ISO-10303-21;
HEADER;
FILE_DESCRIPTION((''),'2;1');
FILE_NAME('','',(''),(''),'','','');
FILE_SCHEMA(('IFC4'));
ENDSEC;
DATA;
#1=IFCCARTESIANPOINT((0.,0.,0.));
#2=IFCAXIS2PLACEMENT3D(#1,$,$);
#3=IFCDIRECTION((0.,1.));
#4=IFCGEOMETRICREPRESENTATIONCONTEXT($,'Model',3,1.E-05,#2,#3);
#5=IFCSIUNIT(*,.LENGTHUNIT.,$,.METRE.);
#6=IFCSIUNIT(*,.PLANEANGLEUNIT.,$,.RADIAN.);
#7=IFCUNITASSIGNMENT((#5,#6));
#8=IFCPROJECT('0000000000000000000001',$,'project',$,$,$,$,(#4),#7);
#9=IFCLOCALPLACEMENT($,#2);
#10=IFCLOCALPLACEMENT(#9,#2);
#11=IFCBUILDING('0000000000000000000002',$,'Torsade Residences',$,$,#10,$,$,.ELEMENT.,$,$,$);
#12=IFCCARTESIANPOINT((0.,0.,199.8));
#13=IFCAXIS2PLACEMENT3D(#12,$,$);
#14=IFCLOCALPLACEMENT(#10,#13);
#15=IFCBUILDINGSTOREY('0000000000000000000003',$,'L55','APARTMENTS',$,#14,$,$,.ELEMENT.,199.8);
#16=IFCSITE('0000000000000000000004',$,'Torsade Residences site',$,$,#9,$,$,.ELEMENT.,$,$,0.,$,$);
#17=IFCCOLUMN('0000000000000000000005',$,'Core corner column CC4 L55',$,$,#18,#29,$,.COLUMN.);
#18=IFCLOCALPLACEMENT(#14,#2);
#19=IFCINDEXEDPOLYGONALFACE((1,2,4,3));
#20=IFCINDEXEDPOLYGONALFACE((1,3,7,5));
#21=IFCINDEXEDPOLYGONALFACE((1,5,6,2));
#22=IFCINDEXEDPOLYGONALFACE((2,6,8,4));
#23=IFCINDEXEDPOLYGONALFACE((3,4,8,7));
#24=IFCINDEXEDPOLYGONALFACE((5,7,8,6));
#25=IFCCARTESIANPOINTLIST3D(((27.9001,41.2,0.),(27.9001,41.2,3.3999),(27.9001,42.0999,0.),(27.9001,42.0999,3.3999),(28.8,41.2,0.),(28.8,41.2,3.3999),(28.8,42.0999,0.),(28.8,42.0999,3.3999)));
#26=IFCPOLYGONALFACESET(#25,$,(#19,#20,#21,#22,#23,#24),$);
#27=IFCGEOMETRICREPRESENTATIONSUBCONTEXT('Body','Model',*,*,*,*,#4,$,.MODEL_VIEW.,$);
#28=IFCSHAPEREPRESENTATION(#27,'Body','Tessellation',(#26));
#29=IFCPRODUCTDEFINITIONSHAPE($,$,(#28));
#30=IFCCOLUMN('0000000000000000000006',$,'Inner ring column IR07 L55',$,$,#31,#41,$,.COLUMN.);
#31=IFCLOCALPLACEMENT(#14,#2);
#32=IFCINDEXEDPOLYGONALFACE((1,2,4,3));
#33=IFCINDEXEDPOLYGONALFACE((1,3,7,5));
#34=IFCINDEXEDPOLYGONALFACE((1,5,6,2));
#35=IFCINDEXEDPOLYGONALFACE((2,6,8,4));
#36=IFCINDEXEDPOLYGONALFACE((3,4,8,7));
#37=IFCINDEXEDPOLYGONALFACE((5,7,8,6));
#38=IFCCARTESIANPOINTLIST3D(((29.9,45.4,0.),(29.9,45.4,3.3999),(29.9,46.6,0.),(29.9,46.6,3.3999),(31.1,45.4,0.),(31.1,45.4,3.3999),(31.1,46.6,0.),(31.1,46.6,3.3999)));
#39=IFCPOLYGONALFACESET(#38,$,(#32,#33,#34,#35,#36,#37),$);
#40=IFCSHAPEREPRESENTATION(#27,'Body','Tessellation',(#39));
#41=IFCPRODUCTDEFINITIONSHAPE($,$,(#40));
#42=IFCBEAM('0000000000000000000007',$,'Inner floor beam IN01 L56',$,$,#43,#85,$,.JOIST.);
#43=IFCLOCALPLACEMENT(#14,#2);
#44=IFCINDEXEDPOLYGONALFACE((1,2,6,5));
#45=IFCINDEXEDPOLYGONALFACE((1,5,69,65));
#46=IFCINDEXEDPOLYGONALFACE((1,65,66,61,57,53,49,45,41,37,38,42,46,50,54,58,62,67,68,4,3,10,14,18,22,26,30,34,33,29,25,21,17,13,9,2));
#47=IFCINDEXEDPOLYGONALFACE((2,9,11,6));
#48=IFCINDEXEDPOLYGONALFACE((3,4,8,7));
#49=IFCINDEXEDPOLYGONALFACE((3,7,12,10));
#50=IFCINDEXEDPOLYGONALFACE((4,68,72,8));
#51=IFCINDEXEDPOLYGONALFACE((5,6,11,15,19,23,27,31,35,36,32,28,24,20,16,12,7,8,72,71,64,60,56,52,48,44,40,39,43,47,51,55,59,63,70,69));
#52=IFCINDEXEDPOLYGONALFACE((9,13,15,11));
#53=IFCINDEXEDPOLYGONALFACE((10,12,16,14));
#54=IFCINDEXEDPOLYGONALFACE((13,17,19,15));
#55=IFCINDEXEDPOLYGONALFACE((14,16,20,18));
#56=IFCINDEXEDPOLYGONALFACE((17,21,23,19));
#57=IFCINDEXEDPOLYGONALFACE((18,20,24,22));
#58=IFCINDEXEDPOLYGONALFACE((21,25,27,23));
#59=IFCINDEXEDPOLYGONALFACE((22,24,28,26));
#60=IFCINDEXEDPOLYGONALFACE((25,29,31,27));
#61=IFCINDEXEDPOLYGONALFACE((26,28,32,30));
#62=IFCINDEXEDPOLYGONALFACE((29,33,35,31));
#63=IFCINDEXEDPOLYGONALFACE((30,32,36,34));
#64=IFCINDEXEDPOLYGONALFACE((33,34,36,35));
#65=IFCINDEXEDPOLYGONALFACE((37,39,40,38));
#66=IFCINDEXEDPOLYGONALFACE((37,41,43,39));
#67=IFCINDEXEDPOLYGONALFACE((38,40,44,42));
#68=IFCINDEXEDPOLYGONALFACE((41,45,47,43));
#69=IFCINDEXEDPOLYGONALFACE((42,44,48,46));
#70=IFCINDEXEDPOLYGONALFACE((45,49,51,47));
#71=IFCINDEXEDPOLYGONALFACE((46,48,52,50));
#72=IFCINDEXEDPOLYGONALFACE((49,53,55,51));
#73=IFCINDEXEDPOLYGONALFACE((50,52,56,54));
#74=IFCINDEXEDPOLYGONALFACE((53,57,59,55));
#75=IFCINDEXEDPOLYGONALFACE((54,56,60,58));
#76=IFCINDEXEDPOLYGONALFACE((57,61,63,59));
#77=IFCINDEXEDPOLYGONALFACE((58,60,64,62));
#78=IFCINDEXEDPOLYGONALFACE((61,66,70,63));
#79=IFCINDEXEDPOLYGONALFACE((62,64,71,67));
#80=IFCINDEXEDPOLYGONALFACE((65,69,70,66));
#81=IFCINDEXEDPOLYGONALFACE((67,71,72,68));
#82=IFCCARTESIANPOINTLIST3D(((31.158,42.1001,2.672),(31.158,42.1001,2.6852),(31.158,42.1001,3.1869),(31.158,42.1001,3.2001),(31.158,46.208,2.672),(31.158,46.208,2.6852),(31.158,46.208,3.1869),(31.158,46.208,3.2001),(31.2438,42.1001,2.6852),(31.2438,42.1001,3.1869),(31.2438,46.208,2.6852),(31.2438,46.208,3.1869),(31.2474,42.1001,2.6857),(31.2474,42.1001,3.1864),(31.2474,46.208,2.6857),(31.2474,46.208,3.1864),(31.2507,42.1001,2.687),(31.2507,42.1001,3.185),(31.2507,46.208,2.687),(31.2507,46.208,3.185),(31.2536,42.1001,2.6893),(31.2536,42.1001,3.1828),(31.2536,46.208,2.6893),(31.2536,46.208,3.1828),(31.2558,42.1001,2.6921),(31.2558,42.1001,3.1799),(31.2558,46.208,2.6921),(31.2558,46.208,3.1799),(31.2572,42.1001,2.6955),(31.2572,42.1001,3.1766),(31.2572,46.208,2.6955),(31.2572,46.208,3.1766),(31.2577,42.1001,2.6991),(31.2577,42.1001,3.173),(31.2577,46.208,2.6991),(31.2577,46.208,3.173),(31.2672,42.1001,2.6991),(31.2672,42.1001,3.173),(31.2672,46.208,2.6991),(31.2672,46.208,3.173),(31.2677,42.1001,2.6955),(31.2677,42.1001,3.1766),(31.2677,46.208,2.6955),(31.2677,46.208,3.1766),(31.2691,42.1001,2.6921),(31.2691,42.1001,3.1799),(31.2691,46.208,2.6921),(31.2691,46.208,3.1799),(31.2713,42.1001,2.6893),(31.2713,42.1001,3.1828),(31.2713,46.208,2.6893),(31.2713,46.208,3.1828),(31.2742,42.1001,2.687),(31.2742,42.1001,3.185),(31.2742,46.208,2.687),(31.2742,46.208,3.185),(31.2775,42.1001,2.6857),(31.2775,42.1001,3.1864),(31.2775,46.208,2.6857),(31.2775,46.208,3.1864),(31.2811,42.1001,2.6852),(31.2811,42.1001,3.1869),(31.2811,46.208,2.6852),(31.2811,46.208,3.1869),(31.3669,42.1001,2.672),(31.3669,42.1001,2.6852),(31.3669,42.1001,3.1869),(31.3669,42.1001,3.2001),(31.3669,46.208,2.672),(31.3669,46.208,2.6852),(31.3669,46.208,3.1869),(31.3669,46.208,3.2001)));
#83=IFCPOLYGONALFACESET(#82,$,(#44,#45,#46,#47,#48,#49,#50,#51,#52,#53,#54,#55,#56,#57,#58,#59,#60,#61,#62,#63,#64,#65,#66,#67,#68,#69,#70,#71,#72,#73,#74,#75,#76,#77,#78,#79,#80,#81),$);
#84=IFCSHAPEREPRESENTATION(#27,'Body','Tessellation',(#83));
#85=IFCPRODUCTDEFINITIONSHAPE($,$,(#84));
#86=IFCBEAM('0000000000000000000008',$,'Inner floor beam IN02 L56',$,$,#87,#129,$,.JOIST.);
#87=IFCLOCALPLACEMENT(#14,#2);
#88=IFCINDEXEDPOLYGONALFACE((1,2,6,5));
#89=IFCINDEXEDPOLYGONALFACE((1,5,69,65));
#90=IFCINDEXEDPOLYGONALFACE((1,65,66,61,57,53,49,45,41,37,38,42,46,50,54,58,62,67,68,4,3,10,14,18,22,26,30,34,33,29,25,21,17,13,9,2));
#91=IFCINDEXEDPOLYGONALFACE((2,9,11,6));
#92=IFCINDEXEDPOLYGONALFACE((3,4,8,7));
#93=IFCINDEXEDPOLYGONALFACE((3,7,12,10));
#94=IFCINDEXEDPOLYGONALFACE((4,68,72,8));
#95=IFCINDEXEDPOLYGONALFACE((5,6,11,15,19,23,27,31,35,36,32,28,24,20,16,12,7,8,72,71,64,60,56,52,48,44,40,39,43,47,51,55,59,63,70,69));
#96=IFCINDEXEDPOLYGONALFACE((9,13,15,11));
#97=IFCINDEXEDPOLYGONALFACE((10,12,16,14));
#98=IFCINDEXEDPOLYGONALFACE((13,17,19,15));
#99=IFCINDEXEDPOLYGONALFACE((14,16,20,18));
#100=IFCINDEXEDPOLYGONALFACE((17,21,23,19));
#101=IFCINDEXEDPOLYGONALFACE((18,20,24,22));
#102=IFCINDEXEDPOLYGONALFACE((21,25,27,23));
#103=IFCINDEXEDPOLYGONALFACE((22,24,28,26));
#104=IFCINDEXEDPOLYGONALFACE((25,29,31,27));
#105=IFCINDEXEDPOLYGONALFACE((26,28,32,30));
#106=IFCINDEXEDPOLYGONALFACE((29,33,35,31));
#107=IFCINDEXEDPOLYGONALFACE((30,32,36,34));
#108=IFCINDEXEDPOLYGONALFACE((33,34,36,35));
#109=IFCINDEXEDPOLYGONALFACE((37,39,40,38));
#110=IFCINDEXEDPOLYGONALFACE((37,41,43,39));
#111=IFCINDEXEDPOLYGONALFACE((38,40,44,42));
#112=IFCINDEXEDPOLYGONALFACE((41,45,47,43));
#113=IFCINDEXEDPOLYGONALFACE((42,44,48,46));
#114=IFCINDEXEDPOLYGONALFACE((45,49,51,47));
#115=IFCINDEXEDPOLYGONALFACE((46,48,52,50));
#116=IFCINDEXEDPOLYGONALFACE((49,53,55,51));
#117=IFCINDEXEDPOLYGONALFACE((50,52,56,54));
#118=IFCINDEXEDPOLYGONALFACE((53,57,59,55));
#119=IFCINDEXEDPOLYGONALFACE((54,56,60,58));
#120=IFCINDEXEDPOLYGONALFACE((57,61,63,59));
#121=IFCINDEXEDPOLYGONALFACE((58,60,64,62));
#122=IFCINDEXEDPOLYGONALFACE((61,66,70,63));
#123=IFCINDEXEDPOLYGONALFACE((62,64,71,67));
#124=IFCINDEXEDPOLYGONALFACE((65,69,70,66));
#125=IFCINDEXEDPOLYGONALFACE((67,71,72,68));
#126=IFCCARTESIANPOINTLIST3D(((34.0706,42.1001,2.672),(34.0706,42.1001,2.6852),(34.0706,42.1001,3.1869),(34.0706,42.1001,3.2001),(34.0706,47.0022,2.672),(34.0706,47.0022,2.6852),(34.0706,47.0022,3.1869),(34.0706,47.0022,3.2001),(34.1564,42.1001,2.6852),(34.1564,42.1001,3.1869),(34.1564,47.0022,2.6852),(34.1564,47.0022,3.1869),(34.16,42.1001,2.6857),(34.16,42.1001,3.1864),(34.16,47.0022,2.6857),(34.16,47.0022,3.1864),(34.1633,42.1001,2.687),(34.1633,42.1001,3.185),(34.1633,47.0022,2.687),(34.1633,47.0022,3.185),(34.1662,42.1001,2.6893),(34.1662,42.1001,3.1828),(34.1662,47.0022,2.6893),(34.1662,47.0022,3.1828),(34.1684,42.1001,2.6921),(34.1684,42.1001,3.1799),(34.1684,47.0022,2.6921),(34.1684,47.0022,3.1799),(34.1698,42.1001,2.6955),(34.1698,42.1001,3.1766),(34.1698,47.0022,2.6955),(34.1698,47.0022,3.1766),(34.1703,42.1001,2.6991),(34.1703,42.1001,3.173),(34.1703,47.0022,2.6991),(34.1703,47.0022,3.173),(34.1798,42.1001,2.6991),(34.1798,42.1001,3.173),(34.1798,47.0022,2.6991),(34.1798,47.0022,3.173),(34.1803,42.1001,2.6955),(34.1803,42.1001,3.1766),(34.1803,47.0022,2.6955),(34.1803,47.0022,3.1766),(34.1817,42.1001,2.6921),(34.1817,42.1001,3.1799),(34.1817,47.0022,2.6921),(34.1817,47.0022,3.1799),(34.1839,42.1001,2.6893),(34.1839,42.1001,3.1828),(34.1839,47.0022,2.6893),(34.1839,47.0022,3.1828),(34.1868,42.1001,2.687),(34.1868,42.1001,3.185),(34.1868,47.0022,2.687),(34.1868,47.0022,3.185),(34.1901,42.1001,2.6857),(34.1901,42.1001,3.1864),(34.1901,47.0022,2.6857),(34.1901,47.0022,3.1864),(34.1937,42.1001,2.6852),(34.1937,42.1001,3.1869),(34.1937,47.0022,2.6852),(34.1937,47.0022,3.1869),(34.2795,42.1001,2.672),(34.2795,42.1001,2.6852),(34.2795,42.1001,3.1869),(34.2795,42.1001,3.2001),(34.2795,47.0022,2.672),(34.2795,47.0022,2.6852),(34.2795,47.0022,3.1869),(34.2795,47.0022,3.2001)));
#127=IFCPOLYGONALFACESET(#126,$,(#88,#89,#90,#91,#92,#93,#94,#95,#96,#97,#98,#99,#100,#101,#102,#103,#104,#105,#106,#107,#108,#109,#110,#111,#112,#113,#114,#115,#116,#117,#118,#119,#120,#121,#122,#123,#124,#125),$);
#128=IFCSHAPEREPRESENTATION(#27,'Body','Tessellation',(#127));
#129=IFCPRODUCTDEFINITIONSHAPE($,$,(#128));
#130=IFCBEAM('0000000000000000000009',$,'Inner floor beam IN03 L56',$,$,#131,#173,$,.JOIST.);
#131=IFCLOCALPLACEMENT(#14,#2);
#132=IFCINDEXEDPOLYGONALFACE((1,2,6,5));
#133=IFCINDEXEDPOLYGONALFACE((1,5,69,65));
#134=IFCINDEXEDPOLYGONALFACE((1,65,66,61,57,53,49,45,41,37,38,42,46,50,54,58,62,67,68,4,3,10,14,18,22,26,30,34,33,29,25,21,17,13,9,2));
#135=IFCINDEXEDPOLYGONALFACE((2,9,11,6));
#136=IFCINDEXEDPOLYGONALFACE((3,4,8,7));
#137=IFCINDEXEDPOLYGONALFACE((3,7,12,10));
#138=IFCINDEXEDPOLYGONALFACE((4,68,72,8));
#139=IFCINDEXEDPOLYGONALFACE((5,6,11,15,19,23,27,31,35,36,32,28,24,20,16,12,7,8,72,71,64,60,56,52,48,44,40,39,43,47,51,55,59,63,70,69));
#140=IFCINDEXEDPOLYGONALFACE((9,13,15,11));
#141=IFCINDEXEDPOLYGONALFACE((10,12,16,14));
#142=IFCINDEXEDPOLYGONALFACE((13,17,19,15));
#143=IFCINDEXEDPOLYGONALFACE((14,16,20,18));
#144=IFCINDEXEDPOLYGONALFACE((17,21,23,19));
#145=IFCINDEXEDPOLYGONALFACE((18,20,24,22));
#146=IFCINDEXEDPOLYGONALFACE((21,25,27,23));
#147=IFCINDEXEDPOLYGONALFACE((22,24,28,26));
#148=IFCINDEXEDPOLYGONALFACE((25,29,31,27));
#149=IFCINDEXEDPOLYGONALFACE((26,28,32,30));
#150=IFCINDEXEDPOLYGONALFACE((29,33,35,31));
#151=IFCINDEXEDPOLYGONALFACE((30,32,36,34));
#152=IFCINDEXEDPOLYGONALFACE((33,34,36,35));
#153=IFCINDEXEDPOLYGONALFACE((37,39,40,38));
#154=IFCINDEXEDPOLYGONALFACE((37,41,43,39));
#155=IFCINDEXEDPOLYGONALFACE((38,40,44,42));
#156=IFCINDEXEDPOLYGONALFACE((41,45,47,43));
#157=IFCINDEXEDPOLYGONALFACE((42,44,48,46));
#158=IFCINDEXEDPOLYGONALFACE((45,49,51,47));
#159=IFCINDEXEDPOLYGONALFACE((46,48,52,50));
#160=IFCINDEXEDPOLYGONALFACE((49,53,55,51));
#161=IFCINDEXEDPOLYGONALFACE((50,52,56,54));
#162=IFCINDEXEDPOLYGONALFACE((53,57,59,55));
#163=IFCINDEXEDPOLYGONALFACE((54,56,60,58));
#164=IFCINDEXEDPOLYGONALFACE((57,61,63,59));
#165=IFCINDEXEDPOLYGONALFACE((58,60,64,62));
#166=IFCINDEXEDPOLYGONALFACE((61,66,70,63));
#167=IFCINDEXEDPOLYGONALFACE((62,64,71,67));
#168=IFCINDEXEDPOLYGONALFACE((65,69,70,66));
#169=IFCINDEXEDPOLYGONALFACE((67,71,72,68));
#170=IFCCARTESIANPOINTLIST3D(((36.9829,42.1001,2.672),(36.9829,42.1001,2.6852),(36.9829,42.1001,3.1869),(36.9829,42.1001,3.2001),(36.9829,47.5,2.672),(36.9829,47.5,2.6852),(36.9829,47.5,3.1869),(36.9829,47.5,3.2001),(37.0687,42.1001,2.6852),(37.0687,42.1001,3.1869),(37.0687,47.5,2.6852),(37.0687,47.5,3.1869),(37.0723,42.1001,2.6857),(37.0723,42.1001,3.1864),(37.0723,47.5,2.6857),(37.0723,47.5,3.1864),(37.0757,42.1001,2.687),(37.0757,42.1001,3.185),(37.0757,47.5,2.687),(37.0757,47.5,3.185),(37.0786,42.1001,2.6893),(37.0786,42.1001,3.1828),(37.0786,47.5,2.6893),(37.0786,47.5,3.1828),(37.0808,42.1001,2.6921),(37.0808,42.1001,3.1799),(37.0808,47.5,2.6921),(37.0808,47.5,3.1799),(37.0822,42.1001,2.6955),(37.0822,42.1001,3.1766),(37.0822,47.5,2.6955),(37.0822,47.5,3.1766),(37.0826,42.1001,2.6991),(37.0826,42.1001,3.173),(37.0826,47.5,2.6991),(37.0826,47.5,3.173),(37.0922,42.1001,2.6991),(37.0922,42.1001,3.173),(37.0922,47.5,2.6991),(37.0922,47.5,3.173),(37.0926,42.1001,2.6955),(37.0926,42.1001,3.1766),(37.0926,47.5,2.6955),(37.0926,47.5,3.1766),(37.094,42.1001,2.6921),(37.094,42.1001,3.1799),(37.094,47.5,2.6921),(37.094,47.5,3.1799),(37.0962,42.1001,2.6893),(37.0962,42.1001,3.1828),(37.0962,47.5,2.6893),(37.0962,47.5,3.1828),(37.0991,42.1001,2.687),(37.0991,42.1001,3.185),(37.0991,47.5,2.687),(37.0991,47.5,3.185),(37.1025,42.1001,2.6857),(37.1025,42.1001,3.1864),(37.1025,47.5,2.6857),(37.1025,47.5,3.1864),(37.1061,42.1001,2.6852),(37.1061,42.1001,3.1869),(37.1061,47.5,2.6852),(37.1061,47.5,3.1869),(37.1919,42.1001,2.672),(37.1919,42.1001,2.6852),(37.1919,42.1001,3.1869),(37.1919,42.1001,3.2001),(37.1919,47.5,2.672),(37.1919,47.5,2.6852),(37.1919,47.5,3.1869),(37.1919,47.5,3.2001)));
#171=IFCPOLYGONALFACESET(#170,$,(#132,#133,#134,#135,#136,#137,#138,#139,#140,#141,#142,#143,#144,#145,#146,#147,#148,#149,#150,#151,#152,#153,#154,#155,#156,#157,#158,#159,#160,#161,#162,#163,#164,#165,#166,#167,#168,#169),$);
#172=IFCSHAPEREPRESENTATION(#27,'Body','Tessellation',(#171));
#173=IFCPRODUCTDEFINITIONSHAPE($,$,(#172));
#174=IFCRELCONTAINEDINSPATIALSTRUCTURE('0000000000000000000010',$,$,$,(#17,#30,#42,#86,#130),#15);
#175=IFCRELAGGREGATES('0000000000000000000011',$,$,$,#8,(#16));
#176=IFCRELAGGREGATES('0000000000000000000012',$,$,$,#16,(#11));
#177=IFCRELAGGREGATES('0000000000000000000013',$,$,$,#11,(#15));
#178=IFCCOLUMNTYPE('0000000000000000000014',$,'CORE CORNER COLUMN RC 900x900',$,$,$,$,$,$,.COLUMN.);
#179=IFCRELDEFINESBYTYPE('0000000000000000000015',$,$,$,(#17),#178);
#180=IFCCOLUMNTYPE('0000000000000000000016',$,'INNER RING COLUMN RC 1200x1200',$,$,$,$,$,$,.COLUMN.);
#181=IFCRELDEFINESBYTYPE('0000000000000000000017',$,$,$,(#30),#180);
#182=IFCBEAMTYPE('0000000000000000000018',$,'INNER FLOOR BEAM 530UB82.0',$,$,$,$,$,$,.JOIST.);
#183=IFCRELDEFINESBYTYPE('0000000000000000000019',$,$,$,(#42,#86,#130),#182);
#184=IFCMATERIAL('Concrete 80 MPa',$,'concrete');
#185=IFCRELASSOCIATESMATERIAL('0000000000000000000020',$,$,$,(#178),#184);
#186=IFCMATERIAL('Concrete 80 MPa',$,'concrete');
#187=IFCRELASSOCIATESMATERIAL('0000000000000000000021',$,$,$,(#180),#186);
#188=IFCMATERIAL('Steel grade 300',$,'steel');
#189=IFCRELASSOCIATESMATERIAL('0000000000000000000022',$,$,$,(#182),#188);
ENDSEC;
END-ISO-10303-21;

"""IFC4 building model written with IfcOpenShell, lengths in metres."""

from ifc_helpers import new_model, si_unit, direction, frame, origin, origin_2d, place, context, subcontext, project, spatial, rectangle, i_section, extrude, material, material_profile, profile_set, type_object, element, save


model = new_model("IFC4")

# Units and contexts
model_context = context("Model", 3, precision=1e-05, world=origin(), true_north=direction((0.0, 1.0)))
body_context = subcontext(model_context, "Body", "Model", "MODEL_VIEW")
ifc_project = project(units=[si_unit("LENGTHUNIT", "METRE"), si_unit("PLANEANGLEUNIT", "RADIAN")], contexts=[model_context])

# Site, building, storey
site_placement = place(None, origin())
site = spatial("IfcSite", under=ifc_project, at=site_placement, Name="Torsade Residences site", CompositionType="ELEMENT", RefElevation=0.0)
building_placement = place(site_placement, origin())
building = spatial("IfcBuilding", under=site, at=building_placement, Name="Torsade Residences", CompositionType="ELEMENT")
storey_placement = place(building_placement, frame((0.0, 0.0, 199.8)))
storey = spatial("IfcBuildingStorey", under=building, at=storey_placement, Name="L55", Description="APARTMENTS", CompositionType="ELEMENT", Elevation=199.8)

# Columns
ifc_material_1 = material(Name="Concrete 80 MPa", Category="concrete")
ifc_material_profile_1 = material_profile(ifc_material_1, rectangle(XDim=0.8999, YDim=0.8999, at=origin_2d()), Name="RC 900x900")
ifc_profile_set_1 = profile_set([ifc_material_profile_1], Name="Concrete 80 MPa")
column_type_1 = type_object("IfcColumnType", Name="CORE CORNER COLUMN RC 900x900", PredefinedType="COLUMN", material=ifc_profile_set_1)
column_1_placement = place(storey_placement, frame((28.3501, 41.6499, 0.0), z_axis=(0.0, 0.0, 1.0), x_axis=(1.0, 0.0, 0.0)))
element("IfcColumn", 1, at=column_1_placement, inside=storey, type_object=column_type_1, Name="Core corner column CC4 L55", PredefinedType="COLUMN", context=body_context, shape_type="SweptSolid", body=[
    extrude(rectangle(XDim=0.8999, YDim=0.8999, at=origin_2d()), origin(), (0.0, 0.0, 1.0), 3.3999),
])
ifc_material_2 = material(Name="Concrete 80 MPa", Category="concrete")
ifc_material_profile_2 = material_profile(ifc_material_2, rectangle(XDim=1.2, YDim=1.2, at=origin_2d()), Name="RC 1200x1200")
ifc_profile_set_2 = profile_set([ifc_material_profile_2], Name="Concrete 80 MPa")
column_type_2 = type_object("IfcColumnType", Name="INNER RING COLUMN RC 1200x1200", PredefinedType="COLUMN", material=ifc_profile_set_2)
column_2_placement = place(storey_placement, frame((30.5, 46.0, 0.0), z_axis=(0.0, 0.0, 1.0), x_axis=(1.0, 0.0, 0.0)))
element("IfcColumn", 2, at=column_2_placement, inside=storey, type_object=column_type_2, Name="Inner ring column IR07 L55", PredefinedType="COLUMN", context=body_context, shape_type="SweptSolid", body=[
    extrude(rectangle(XDim=1.2, YDim=1.2, at=origin_2d()), origin(), (0.0, 0.0, 1.0), 3.3999),
])

# Beams
ifc_material_3 = material(Name="Steel grade 300", Category="steel")
ifc_material_profile_3 = material_profile(ifc_material_3, i_section(OverallWidth=0.209, OverallDepth=0.5281, WebThickness=0.0095, FlangeThickness=0.0132, FilletRadius=0.0139, at=origin_2d()), Name="530UB82.0")
ifc_profile_set_3 = profile_set([ifc_material_profile_3], Name="Steel grade 300")
beam_type_1 = type_object("IfcBeamType", Name="INNER FLOOR BEAM 530UB82.0", PredefinedType="JOIST", material=ifc_profile_set_3)
beam_1_placement = place(storey_placement, frame((31.2625, 42.1001, 2.936), z_axis=(0.0, 1.0, 0.0), x_axis=(-1.0, 0.0, 0.0)))
element("IfcBeam", 3, at=beam_1_placement, inside=storey, type_object=beam_type_1, Name="Inner floor beam IN01 L56", PredefinedType="JOIST", context=body_context, shape_type="SweptSolid", body=[
    extrude(i_section(OverallWidth=0.209, OverallDepth=0.5281, WebThickness=0.0095, FlangeThickness=0.0132, FilletRadius=0.0139, at=origin_2d()), origin(), (0.0, 0.0, 1.0), 4.1079),
])
beam_2_placement = place(storey_placement, frame((34.175, 42.1001, 2.936), z_axis=(0.0, 1.0, 0.0), x_axis=(-1.0, 0.0, 0.0)))
element("IfcBeam", 4, at=beam_2_placement, inside=storey, type_object=beam_type_1, Name="Inner floor beam IN02 L56", PredefinedType="JOIST", context=body_context, shape_type="SweptSolid", body=[
    extrude(i_section(OverallWidth=0.209, OverallDepth=0.5281, WebThickness=0.0095, FlangeThickness=0.0132, FilletRadius=0.0139, at=origin_2d()), origin(), (0.0, 0.0, 1.0), 4.9021),
])
beam_3_placement = place(storey_placement, frame((37.0874, 42.1001, 2.936), z_axis=(0.0, 1.0, 0.0), x_axis=(-1.0, 0.0, 0.0)))
element("IfcBeam", 5, at=beam_3_placement, inside=storey, type_object=beam_type_1, Name="Inner floor beam IN03 L56", PredefinedType="JOIST", context=body_context, shape_type="SweptSolid", body=[
    extrude(i_section(OverallWidth=0.209, OverallDepth=0.5281, WebThickness=0.0095, FlangeThickness=0.0132, FilletRadius=0.0139, at=origin_2d()), origin(), (0.0, 0.0, 1.0), 5.3999),
])

save(model, "model.ifc")
